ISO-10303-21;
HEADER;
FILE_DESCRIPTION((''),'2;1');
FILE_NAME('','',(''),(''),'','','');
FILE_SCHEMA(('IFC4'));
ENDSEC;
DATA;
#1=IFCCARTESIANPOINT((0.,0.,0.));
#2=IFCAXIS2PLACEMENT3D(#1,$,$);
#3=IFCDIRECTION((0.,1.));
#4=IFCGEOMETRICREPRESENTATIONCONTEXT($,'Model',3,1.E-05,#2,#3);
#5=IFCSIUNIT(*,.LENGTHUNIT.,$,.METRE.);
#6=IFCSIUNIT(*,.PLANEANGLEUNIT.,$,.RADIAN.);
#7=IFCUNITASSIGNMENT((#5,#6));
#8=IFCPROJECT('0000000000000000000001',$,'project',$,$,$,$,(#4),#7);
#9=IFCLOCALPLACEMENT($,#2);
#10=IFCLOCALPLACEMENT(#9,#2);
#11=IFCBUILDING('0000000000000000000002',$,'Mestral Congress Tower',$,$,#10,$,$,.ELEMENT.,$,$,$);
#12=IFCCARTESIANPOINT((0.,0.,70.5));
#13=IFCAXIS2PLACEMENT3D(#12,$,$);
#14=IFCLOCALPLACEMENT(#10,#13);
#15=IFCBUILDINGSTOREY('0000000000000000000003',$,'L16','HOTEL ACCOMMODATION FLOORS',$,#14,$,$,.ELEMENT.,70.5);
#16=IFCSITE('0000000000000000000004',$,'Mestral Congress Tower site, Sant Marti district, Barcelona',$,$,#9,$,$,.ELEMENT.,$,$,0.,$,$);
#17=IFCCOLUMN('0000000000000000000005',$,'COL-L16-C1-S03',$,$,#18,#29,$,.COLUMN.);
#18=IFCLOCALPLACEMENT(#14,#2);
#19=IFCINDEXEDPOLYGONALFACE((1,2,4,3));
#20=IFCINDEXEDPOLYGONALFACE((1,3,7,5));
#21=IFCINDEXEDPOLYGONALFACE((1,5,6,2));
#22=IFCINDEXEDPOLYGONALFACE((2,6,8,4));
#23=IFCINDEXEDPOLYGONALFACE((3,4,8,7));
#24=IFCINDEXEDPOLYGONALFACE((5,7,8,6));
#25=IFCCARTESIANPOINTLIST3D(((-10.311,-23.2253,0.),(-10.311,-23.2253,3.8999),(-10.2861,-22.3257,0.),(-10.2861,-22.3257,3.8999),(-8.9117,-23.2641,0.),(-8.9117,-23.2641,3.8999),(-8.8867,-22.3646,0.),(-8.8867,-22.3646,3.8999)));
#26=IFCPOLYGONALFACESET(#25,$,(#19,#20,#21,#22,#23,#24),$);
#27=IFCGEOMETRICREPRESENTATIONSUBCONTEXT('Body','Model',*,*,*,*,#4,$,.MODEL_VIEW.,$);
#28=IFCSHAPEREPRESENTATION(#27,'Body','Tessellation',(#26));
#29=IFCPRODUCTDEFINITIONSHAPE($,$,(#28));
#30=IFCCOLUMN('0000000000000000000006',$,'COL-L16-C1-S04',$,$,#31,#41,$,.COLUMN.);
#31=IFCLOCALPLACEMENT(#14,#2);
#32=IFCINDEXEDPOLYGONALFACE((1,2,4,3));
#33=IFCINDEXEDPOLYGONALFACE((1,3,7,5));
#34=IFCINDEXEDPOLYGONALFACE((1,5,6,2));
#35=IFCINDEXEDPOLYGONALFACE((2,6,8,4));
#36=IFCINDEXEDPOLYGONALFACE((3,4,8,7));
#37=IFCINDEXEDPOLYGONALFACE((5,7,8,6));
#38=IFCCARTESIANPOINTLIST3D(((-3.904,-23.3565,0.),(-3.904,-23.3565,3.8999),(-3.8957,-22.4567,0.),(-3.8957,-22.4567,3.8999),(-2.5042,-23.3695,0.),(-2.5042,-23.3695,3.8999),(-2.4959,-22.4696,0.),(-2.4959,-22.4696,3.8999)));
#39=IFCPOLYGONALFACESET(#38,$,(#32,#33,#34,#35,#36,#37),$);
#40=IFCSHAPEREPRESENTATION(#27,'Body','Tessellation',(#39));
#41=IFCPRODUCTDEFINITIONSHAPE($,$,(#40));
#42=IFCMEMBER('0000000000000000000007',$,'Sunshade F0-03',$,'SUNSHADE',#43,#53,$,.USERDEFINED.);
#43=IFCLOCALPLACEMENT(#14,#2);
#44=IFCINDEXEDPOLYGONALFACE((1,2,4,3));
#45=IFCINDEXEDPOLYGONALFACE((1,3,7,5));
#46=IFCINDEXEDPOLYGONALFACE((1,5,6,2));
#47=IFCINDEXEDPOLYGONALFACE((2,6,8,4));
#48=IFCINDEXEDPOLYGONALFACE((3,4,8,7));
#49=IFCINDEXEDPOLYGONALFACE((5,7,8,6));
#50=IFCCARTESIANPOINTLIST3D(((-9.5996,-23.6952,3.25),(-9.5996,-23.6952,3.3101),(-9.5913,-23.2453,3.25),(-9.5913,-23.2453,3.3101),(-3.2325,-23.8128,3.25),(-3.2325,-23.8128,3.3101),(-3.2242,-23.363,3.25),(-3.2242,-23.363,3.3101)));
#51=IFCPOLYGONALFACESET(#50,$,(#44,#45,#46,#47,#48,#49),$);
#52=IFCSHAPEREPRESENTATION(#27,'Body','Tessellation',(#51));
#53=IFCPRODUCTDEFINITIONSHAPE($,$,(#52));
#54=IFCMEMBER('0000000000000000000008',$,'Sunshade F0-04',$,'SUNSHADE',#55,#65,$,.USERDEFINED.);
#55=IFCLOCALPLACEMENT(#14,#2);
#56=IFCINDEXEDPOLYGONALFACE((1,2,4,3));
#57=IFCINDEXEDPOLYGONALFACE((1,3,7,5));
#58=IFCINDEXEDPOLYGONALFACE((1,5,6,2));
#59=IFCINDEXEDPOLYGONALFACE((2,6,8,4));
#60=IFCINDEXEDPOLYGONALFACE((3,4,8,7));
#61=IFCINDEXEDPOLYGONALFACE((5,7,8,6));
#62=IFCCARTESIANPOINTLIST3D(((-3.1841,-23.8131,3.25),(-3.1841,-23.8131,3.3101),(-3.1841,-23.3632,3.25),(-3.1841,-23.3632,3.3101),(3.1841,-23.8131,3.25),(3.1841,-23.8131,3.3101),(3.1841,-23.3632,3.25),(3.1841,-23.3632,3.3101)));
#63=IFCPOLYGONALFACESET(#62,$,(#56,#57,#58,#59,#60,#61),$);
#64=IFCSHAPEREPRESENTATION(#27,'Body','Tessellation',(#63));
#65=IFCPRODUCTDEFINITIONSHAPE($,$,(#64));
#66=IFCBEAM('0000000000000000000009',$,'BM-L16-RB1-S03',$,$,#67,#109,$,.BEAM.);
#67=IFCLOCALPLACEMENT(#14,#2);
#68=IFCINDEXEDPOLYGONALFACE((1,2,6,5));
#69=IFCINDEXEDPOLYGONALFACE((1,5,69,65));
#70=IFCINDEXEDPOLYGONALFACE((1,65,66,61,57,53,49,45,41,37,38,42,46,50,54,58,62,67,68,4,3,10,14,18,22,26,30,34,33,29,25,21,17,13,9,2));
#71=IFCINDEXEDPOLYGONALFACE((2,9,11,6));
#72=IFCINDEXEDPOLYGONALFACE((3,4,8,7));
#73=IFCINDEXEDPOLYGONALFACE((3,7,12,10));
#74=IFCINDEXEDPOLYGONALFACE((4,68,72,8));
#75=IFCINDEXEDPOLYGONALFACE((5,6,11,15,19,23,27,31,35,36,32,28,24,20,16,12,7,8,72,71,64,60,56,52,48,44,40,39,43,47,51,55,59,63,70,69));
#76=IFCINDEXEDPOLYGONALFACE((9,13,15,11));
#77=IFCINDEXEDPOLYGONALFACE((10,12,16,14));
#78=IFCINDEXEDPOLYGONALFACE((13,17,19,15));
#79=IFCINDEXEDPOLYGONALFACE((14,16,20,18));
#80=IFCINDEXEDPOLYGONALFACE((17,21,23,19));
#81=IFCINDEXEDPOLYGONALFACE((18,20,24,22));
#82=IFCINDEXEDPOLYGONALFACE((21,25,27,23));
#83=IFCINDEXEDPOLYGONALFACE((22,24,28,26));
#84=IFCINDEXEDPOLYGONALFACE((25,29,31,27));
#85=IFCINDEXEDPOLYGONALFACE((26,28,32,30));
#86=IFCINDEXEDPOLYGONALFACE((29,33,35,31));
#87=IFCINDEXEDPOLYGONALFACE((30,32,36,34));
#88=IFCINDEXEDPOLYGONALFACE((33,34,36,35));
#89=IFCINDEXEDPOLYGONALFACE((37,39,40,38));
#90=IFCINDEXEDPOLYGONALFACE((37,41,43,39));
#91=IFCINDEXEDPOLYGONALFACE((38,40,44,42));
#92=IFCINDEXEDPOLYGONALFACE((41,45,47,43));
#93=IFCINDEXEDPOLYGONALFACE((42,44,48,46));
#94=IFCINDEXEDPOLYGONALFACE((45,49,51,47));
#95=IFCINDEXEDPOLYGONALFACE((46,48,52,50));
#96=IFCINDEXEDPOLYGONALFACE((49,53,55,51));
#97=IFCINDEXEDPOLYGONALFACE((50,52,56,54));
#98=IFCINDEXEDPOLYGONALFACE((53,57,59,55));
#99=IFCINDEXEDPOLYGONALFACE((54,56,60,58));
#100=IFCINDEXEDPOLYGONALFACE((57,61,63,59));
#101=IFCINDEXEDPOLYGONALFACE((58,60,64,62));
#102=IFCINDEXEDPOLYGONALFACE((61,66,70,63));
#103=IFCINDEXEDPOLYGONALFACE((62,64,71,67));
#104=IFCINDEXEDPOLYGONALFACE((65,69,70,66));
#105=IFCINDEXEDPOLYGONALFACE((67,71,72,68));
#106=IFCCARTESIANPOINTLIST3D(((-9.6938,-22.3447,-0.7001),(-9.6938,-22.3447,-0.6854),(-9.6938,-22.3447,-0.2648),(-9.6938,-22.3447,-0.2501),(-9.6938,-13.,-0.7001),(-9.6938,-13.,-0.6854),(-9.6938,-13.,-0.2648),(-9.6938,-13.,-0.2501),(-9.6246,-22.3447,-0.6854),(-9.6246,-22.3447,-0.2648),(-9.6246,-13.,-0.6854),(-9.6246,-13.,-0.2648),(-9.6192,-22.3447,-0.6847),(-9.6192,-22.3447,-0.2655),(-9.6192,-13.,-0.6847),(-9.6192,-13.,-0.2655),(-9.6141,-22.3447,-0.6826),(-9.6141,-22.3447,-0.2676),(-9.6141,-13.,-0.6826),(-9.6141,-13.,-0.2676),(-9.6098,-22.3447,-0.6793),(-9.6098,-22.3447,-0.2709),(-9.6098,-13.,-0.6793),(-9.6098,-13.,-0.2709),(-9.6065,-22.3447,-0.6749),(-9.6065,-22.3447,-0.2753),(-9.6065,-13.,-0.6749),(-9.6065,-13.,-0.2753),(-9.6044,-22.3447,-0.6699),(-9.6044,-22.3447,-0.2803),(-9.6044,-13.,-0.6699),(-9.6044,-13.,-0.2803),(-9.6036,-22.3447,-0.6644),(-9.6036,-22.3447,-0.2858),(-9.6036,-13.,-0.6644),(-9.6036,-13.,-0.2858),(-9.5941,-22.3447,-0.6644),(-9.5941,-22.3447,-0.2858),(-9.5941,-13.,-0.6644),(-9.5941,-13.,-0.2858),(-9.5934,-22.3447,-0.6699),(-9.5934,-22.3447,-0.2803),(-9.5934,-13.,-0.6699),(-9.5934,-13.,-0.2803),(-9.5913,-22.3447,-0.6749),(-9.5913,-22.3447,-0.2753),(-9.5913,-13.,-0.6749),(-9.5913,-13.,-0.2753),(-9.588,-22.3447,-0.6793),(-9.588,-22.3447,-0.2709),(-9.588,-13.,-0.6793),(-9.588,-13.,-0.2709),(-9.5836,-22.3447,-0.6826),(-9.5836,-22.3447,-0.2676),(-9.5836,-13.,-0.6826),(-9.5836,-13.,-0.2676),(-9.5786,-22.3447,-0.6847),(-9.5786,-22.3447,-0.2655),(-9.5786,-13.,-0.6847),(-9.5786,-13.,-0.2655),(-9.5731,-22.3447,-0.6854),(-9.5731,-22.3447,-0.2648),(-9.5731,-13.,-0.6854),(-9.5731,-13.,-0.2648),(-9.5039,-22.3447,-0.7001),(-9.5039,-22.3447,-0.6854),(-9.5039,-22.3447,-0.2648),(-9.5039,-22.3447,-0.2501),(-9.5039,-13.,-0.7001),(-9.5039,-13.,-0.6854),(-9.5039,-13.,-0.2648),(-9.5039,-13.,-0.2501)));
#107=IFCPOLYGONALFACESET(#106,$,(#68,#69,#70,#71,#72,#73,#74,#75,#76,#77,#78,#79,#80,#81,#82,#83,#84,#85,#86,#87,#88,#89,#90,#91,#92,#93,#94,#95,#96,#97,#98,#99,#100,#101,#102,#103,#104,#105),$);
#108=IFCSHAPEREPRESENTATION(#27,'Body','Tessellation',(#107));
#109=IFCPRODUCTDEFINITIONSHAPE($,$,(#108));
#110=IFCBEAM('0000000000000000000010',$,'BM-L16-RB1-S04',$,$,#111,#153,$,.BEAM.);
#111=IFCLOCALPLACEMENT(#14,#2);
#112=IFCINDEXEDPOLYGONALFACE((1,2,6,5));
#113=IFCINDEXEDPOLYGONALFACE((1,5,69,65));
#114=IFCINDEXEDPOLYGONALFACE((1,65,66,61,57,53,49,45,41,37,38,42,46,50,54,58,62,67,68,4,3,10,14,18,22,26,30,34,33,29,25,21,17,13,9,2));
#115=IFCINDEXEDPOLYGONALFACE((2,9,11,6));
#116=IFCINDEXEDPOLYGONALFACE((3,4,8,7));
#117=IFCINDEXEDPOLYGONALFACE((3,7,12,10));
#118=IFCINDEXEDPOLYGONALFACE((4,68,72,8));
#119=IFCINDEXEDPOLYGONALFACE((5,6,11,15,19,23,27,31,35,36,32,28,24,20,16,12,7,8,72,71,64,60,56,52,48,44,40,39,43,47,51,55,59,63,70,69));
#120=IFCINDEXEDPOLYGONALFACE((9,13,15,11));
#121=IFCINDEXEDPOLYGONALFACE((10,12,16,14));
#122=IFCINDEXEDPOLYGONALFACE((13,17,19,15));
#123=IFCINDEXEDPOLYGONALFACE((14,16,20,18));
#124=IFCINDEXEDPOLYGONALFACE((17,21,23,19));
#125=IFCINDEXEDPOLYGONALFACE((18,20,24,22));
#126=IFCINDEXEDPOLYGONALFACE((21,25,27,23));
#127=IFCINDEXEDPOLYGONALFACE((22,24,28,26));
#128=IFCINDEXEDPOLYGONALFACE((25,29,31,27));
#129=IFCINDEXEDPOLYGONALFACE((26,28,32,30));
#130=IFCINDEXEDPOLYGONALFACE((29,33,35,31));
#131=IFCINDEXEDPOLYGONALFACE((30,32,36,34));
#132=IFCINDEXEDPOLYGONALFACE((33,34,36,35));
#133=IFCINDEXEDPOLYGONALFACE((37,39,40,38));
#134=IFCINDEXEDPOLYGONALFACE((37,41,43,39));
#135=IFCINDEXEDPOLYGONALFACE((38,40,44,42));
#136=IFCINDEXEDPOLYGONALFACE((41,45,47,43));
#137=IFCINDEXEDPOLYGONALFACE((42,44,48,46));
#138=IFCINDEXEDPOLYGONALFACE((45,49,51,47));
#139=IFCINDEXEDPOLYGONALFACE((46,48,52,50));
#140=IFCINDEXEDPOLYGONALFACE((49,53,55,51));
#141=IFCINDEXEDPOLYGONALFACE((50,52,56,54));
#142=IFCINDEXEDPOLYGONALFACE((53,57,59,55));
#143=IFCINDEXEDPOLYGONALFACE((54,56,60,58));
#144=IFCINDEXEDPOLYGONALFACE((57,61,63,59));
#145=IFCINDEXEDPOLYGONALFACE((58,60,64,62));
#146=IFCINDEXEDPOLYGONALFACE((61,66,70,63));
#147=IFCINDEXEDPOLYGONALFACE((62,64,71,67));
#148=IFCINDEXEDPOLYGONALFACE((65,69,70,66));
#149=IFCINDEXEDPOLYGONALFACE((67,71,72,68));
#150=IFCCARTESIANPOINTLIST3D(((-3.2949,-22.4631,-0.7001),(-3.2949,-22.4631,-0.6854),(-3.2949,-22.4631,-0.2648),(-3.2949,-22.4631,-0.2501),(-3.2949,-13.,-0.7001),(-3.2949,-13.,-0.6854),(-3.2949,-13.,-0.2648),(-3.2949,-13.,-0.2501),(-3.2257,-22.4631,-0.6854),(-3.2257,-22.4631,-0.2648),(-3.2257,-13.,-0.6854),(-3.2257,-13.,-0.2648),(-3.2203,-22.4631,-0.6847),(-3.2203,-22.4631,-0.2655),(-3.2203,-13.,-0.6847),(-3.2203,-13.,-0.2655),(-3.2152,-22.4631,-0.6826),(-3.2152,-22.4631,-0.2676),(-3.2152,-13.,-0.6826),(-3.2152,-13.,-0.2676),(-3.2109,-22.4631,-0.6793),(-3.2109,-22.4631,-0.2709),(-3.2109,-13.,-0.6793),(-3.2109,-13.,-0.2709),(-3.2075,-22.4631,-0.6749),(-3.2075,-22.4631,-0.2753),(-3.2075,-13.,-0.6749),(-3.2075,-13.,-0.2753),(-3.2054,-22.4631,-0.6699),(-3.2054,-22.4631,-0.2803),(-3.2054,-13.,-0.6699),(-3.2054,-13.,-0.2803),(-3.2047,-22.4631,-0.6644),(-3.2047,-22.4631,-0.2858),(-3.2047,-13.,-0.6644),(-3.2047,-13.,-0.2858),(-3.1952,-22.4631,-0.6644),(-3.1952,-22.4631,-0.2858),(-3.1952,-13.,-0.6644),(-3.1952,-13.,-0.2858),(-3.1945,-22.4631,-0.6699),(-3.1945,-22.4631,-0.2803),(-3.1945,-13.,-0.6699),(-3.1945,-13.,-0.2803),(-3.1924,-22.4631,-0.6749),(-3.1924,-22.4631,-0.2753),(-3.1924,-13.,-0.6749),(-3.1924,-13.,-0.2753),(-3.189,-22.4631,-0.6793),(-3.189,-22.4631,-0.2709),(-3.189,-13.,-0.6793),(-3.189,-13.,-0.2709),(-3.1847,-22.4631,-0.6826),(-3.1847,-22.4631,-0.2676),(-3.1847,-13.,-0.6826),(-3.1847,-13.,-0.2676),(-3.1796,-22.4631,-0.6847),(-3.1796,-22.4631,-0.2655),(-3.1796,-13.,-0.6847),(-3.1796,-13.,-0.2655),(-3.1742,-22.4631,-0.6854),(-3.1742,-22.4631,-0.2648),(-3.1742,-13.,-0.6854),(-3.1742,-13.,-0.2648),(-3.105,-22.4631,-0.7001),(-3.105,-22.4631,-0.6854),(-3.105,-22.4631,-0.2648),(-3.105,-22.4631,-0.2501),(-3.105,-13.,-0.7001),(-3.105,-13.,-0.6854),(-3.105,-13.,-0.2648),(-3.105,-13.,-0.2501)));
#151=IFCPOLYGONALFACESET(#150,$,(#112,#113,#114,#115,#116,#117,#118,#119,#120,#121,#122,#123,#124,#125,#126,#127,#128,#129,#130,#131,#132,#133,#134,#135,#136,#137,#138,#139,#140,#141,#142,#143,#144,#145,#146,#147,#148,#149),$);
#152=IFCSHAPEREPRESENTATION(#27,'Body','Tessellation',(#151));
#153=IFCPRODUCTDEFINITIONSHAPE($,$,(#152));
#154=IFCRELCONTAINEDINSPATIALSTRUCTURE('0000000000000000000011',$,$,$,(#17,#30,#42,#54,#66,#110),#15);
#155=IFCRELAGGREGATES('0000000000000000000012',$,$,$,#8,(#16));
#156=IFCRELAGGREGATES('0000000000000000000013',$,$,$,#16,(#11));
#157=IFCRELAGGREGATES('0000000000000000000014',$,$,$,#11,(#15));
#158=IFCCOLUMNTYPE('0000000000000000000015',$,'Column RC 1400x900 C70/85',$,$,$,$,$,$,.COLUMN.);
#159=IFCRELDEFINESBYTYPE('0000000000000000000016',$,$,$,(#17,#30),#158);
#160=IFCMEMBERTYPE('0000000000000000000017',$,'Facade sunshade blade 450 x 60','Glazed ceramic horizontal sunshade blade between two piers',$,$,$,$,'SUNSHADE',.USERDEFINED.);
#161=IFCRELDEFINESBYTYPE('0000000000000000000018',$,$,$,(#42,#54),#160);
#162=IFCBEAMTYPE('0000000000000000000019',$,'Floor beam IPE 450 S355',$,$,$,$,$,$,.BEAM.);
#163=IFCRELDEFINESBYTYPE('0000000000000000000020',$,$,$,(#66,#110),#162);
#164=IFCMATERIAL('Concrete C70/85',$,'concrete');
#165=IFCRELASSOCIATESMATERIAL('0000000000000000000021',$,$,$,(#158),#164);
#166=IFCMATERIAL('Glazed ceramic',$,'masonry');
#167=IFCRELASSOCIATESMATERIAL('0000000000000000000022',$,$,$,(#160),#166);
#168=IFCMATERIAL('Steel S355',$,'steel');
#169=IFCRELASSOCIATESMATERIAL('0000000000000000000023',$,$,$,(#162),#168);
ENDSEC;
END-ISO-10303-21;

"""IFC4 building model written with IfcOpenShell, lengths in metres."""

from ifc_helpers import new_model, si_unit, direction, frame, origin, origin_2d, place, context, subcontext, project, spatial, rectangle, i_section, extrude, material, material_profile, profile_set, type_object, element, save


model = new_model("IFC4")

# Units and contexts
model_context = context("Model", 3, precision=1e-05, world=origin(), true_north=direction((0.0, 1.0)))
body_context = subcontext(model_context, "Body", "Model", "MODEL_VIEW")
ifc_project = project(units=[si_unit("LENGTHUNIT", "METRE"), si_unit("PLANEANGLEUNIT", "RADIAN")], contexts=[model_context])

# Site, building, storey
site_placement = place(None, origin())
site = spatial("IfcSite", under=ifc_project, at=site_placement, Name="Mestral Congress Tower site, Sant Marti district, Barcelona", CompositionType="ELEMENT", RefElevation=0.0)
building_placement = place(site_placement, origin())
building = spatial("IfcBuilding", under=site, at=building_placement, Name="Mestral Congress Tower", CompositionType="ELEMENT")
storey_placement = place(building_placement, frame((0.0, 0.0, 70.5)))
storey = spatial("IfcBuildingStorey", under=building, at=storey_placement, Name="L16", Description="HOTEL ACCOMMODATION FLOORS", CompositionType="ELEMENT", Elevation=70.5)

# Columns
ifc_material_1 = material(Name="Concrete C70/85", Category="concrete")
ifc_material_profile_1 = material_profile(ifc_material_1, rectangle(XDim=1.3999, YDim=0.8999, at=origin_2d()), Name="RC 1400x900")
ifc_profile_set_1 = profile_set([ifc_material_profile_1], Name="Concrete C70/85")
column_type = type_object("IfcColumnType", Name="Column RC 1400x900 C70/85", PredefinedType="COLUMN", material=ifc_profile_set_1)
for number, where, z_axis, x_axis, name in (
    (1, (-9.5989, -22.7949, 0.0), (0.0, 0.0, 1.0), (0.999616, -0.027726, 0.0), "COL-L16-C1-S03"),
    (2, (-3.2, -22.9131, 0.0), (0.0, 0.0, 1.0), (0.999957, -0.009243, 0.0), "COL-L16-C1-S04"),
):
    element("IfcColumn", number, at=place(storey_placement, frame(where, z_axis=z_axis, x_axis=x_axis)), inside=storey, type_object=column_type, Name=name, PredefinedType="COLUMN", context=body_context, shape_type="SweptSolid", body=[
        extrude(rectangle(XDim=1.3999, YDim=0.8999, at=origin_2d()), origin(), (0.0, 0.0, 1.0), 3.8999),
    ])

# Members
ifc_material_2 = material(Name="Glazed ceramic", Category="masonry")
ifc_material_profile_2 = material_profile(ifc_material_2, rectangle(XDim=0.45, YDim=0.0601, at=origin_2d()), Name="Ceramic blade 450 x 60")
ifc_profile_set_2 = profile_set([ifc_material_profile_2], Name="Glazed ceramic")
member_type = type_object("IfcMemberType", Name="Facade sunshade blade 450 x 60", Description="Glazed ceramic horizontal sunshade blade between two piers", ElementType="SUNSHADE", PredefinedType="USERDEFINED", material=ifc_profile_set_2)
for number, where, z_axis, x_axis, name in (
    (3, (-9.5955, -23.4702, 3.28), (0.999829, -0.018478, 0.0), (0.018478, 0.999829, 0.0), "Sunshade F0-03"),
    (4, (-3.1841, -23.5881, 3.28), (1.0, 0.0, 0.0), (0.0, 1.0, 0.0), "Sunshade F0-04"),
):
    element("IfcMember", number, at=place(storey_placement, frame(where, z_axis=z_axis, x_axis=x_axis)), inside=storey, type_object=member_type, Name=name, ObjectType="SUNSHADE", PredefinedType="USERDEFINED", context=body_context, shape_type="SweptSolid", body=[
        extrude(rectangle(XDim=0.45, YDim=0.0601, at=origin_2d()), origin(), (0.0, 0.0, 1.0), 6.3682),
    ])

# Beams
ifc_material_3 = material(Name="Steel S355", Category="steel")
ifc_material_profile_3 = material_profile(ifc_material_3, i_section(OverallWidth=0.1899, OverallDepth=0.45, WebThickness=0.0095, FlangeThickness=0.0146, FilletRadius=0.021, at=origin_2d()), Name="IPE 450")
ifc_profile_set_3 = profile_set([ifc_material_profile_3], Name="Steel S355")
beam_type_1 = type_object("IfcBeamType", Name="Floor beam IPE 450 S355", PredefinedType="BEAM", material=ifc_profile_set_3)
beam_1_placement = place(storey_placement, frame((-9.5989, -22.3447, -0.4751), z_axis=(0.0, 1.0, 0.0), x_axis=(-1.0, 0.0, 0.0)))
element("IfcBeam", 5, at=beam_1_placement, inside=storey, type_object=beam_type_1, Name="BM-L16-RB1-S03", PredefinedType="BEAM", context=body_context, shape_type="SweptSolid", body=[
    extrude(i_section(OverallWidth=0.1899, OverallDepth=0.45, WebThickness=0.0095, FlangeThickness=0.0146, FilletRadius=0.021, at=origin_2d()), origin(), (0.0, 0.0, 1.0), 9.3447),
])
beam_2_placement = place(storey_placement, frame((-3.2, -22.4631, -0.4751), z_axis=(0.0, 1.0, 0.0), x_axis=(-1.0, 0.0, 0.0)))
element("IfcBeam", 6, at=beam_2_placement, inside=storey, type_object=beam_type_1, Name="BM-L16-RB1-S04", PredefinedType="BEAM", context=body_context, shape_type="SweptSolid", body=[
    extrude(i_section(OverallWidth=0.1899, OverallDepth=0.45, WebThickness=0.0095, FlangeThickness=0.0146, FilletRadius=0.021, at=origin_2d()), origin(), (0.0, 0.0, 1.0), 9.4631),
])

save(model, "model.ifc")
